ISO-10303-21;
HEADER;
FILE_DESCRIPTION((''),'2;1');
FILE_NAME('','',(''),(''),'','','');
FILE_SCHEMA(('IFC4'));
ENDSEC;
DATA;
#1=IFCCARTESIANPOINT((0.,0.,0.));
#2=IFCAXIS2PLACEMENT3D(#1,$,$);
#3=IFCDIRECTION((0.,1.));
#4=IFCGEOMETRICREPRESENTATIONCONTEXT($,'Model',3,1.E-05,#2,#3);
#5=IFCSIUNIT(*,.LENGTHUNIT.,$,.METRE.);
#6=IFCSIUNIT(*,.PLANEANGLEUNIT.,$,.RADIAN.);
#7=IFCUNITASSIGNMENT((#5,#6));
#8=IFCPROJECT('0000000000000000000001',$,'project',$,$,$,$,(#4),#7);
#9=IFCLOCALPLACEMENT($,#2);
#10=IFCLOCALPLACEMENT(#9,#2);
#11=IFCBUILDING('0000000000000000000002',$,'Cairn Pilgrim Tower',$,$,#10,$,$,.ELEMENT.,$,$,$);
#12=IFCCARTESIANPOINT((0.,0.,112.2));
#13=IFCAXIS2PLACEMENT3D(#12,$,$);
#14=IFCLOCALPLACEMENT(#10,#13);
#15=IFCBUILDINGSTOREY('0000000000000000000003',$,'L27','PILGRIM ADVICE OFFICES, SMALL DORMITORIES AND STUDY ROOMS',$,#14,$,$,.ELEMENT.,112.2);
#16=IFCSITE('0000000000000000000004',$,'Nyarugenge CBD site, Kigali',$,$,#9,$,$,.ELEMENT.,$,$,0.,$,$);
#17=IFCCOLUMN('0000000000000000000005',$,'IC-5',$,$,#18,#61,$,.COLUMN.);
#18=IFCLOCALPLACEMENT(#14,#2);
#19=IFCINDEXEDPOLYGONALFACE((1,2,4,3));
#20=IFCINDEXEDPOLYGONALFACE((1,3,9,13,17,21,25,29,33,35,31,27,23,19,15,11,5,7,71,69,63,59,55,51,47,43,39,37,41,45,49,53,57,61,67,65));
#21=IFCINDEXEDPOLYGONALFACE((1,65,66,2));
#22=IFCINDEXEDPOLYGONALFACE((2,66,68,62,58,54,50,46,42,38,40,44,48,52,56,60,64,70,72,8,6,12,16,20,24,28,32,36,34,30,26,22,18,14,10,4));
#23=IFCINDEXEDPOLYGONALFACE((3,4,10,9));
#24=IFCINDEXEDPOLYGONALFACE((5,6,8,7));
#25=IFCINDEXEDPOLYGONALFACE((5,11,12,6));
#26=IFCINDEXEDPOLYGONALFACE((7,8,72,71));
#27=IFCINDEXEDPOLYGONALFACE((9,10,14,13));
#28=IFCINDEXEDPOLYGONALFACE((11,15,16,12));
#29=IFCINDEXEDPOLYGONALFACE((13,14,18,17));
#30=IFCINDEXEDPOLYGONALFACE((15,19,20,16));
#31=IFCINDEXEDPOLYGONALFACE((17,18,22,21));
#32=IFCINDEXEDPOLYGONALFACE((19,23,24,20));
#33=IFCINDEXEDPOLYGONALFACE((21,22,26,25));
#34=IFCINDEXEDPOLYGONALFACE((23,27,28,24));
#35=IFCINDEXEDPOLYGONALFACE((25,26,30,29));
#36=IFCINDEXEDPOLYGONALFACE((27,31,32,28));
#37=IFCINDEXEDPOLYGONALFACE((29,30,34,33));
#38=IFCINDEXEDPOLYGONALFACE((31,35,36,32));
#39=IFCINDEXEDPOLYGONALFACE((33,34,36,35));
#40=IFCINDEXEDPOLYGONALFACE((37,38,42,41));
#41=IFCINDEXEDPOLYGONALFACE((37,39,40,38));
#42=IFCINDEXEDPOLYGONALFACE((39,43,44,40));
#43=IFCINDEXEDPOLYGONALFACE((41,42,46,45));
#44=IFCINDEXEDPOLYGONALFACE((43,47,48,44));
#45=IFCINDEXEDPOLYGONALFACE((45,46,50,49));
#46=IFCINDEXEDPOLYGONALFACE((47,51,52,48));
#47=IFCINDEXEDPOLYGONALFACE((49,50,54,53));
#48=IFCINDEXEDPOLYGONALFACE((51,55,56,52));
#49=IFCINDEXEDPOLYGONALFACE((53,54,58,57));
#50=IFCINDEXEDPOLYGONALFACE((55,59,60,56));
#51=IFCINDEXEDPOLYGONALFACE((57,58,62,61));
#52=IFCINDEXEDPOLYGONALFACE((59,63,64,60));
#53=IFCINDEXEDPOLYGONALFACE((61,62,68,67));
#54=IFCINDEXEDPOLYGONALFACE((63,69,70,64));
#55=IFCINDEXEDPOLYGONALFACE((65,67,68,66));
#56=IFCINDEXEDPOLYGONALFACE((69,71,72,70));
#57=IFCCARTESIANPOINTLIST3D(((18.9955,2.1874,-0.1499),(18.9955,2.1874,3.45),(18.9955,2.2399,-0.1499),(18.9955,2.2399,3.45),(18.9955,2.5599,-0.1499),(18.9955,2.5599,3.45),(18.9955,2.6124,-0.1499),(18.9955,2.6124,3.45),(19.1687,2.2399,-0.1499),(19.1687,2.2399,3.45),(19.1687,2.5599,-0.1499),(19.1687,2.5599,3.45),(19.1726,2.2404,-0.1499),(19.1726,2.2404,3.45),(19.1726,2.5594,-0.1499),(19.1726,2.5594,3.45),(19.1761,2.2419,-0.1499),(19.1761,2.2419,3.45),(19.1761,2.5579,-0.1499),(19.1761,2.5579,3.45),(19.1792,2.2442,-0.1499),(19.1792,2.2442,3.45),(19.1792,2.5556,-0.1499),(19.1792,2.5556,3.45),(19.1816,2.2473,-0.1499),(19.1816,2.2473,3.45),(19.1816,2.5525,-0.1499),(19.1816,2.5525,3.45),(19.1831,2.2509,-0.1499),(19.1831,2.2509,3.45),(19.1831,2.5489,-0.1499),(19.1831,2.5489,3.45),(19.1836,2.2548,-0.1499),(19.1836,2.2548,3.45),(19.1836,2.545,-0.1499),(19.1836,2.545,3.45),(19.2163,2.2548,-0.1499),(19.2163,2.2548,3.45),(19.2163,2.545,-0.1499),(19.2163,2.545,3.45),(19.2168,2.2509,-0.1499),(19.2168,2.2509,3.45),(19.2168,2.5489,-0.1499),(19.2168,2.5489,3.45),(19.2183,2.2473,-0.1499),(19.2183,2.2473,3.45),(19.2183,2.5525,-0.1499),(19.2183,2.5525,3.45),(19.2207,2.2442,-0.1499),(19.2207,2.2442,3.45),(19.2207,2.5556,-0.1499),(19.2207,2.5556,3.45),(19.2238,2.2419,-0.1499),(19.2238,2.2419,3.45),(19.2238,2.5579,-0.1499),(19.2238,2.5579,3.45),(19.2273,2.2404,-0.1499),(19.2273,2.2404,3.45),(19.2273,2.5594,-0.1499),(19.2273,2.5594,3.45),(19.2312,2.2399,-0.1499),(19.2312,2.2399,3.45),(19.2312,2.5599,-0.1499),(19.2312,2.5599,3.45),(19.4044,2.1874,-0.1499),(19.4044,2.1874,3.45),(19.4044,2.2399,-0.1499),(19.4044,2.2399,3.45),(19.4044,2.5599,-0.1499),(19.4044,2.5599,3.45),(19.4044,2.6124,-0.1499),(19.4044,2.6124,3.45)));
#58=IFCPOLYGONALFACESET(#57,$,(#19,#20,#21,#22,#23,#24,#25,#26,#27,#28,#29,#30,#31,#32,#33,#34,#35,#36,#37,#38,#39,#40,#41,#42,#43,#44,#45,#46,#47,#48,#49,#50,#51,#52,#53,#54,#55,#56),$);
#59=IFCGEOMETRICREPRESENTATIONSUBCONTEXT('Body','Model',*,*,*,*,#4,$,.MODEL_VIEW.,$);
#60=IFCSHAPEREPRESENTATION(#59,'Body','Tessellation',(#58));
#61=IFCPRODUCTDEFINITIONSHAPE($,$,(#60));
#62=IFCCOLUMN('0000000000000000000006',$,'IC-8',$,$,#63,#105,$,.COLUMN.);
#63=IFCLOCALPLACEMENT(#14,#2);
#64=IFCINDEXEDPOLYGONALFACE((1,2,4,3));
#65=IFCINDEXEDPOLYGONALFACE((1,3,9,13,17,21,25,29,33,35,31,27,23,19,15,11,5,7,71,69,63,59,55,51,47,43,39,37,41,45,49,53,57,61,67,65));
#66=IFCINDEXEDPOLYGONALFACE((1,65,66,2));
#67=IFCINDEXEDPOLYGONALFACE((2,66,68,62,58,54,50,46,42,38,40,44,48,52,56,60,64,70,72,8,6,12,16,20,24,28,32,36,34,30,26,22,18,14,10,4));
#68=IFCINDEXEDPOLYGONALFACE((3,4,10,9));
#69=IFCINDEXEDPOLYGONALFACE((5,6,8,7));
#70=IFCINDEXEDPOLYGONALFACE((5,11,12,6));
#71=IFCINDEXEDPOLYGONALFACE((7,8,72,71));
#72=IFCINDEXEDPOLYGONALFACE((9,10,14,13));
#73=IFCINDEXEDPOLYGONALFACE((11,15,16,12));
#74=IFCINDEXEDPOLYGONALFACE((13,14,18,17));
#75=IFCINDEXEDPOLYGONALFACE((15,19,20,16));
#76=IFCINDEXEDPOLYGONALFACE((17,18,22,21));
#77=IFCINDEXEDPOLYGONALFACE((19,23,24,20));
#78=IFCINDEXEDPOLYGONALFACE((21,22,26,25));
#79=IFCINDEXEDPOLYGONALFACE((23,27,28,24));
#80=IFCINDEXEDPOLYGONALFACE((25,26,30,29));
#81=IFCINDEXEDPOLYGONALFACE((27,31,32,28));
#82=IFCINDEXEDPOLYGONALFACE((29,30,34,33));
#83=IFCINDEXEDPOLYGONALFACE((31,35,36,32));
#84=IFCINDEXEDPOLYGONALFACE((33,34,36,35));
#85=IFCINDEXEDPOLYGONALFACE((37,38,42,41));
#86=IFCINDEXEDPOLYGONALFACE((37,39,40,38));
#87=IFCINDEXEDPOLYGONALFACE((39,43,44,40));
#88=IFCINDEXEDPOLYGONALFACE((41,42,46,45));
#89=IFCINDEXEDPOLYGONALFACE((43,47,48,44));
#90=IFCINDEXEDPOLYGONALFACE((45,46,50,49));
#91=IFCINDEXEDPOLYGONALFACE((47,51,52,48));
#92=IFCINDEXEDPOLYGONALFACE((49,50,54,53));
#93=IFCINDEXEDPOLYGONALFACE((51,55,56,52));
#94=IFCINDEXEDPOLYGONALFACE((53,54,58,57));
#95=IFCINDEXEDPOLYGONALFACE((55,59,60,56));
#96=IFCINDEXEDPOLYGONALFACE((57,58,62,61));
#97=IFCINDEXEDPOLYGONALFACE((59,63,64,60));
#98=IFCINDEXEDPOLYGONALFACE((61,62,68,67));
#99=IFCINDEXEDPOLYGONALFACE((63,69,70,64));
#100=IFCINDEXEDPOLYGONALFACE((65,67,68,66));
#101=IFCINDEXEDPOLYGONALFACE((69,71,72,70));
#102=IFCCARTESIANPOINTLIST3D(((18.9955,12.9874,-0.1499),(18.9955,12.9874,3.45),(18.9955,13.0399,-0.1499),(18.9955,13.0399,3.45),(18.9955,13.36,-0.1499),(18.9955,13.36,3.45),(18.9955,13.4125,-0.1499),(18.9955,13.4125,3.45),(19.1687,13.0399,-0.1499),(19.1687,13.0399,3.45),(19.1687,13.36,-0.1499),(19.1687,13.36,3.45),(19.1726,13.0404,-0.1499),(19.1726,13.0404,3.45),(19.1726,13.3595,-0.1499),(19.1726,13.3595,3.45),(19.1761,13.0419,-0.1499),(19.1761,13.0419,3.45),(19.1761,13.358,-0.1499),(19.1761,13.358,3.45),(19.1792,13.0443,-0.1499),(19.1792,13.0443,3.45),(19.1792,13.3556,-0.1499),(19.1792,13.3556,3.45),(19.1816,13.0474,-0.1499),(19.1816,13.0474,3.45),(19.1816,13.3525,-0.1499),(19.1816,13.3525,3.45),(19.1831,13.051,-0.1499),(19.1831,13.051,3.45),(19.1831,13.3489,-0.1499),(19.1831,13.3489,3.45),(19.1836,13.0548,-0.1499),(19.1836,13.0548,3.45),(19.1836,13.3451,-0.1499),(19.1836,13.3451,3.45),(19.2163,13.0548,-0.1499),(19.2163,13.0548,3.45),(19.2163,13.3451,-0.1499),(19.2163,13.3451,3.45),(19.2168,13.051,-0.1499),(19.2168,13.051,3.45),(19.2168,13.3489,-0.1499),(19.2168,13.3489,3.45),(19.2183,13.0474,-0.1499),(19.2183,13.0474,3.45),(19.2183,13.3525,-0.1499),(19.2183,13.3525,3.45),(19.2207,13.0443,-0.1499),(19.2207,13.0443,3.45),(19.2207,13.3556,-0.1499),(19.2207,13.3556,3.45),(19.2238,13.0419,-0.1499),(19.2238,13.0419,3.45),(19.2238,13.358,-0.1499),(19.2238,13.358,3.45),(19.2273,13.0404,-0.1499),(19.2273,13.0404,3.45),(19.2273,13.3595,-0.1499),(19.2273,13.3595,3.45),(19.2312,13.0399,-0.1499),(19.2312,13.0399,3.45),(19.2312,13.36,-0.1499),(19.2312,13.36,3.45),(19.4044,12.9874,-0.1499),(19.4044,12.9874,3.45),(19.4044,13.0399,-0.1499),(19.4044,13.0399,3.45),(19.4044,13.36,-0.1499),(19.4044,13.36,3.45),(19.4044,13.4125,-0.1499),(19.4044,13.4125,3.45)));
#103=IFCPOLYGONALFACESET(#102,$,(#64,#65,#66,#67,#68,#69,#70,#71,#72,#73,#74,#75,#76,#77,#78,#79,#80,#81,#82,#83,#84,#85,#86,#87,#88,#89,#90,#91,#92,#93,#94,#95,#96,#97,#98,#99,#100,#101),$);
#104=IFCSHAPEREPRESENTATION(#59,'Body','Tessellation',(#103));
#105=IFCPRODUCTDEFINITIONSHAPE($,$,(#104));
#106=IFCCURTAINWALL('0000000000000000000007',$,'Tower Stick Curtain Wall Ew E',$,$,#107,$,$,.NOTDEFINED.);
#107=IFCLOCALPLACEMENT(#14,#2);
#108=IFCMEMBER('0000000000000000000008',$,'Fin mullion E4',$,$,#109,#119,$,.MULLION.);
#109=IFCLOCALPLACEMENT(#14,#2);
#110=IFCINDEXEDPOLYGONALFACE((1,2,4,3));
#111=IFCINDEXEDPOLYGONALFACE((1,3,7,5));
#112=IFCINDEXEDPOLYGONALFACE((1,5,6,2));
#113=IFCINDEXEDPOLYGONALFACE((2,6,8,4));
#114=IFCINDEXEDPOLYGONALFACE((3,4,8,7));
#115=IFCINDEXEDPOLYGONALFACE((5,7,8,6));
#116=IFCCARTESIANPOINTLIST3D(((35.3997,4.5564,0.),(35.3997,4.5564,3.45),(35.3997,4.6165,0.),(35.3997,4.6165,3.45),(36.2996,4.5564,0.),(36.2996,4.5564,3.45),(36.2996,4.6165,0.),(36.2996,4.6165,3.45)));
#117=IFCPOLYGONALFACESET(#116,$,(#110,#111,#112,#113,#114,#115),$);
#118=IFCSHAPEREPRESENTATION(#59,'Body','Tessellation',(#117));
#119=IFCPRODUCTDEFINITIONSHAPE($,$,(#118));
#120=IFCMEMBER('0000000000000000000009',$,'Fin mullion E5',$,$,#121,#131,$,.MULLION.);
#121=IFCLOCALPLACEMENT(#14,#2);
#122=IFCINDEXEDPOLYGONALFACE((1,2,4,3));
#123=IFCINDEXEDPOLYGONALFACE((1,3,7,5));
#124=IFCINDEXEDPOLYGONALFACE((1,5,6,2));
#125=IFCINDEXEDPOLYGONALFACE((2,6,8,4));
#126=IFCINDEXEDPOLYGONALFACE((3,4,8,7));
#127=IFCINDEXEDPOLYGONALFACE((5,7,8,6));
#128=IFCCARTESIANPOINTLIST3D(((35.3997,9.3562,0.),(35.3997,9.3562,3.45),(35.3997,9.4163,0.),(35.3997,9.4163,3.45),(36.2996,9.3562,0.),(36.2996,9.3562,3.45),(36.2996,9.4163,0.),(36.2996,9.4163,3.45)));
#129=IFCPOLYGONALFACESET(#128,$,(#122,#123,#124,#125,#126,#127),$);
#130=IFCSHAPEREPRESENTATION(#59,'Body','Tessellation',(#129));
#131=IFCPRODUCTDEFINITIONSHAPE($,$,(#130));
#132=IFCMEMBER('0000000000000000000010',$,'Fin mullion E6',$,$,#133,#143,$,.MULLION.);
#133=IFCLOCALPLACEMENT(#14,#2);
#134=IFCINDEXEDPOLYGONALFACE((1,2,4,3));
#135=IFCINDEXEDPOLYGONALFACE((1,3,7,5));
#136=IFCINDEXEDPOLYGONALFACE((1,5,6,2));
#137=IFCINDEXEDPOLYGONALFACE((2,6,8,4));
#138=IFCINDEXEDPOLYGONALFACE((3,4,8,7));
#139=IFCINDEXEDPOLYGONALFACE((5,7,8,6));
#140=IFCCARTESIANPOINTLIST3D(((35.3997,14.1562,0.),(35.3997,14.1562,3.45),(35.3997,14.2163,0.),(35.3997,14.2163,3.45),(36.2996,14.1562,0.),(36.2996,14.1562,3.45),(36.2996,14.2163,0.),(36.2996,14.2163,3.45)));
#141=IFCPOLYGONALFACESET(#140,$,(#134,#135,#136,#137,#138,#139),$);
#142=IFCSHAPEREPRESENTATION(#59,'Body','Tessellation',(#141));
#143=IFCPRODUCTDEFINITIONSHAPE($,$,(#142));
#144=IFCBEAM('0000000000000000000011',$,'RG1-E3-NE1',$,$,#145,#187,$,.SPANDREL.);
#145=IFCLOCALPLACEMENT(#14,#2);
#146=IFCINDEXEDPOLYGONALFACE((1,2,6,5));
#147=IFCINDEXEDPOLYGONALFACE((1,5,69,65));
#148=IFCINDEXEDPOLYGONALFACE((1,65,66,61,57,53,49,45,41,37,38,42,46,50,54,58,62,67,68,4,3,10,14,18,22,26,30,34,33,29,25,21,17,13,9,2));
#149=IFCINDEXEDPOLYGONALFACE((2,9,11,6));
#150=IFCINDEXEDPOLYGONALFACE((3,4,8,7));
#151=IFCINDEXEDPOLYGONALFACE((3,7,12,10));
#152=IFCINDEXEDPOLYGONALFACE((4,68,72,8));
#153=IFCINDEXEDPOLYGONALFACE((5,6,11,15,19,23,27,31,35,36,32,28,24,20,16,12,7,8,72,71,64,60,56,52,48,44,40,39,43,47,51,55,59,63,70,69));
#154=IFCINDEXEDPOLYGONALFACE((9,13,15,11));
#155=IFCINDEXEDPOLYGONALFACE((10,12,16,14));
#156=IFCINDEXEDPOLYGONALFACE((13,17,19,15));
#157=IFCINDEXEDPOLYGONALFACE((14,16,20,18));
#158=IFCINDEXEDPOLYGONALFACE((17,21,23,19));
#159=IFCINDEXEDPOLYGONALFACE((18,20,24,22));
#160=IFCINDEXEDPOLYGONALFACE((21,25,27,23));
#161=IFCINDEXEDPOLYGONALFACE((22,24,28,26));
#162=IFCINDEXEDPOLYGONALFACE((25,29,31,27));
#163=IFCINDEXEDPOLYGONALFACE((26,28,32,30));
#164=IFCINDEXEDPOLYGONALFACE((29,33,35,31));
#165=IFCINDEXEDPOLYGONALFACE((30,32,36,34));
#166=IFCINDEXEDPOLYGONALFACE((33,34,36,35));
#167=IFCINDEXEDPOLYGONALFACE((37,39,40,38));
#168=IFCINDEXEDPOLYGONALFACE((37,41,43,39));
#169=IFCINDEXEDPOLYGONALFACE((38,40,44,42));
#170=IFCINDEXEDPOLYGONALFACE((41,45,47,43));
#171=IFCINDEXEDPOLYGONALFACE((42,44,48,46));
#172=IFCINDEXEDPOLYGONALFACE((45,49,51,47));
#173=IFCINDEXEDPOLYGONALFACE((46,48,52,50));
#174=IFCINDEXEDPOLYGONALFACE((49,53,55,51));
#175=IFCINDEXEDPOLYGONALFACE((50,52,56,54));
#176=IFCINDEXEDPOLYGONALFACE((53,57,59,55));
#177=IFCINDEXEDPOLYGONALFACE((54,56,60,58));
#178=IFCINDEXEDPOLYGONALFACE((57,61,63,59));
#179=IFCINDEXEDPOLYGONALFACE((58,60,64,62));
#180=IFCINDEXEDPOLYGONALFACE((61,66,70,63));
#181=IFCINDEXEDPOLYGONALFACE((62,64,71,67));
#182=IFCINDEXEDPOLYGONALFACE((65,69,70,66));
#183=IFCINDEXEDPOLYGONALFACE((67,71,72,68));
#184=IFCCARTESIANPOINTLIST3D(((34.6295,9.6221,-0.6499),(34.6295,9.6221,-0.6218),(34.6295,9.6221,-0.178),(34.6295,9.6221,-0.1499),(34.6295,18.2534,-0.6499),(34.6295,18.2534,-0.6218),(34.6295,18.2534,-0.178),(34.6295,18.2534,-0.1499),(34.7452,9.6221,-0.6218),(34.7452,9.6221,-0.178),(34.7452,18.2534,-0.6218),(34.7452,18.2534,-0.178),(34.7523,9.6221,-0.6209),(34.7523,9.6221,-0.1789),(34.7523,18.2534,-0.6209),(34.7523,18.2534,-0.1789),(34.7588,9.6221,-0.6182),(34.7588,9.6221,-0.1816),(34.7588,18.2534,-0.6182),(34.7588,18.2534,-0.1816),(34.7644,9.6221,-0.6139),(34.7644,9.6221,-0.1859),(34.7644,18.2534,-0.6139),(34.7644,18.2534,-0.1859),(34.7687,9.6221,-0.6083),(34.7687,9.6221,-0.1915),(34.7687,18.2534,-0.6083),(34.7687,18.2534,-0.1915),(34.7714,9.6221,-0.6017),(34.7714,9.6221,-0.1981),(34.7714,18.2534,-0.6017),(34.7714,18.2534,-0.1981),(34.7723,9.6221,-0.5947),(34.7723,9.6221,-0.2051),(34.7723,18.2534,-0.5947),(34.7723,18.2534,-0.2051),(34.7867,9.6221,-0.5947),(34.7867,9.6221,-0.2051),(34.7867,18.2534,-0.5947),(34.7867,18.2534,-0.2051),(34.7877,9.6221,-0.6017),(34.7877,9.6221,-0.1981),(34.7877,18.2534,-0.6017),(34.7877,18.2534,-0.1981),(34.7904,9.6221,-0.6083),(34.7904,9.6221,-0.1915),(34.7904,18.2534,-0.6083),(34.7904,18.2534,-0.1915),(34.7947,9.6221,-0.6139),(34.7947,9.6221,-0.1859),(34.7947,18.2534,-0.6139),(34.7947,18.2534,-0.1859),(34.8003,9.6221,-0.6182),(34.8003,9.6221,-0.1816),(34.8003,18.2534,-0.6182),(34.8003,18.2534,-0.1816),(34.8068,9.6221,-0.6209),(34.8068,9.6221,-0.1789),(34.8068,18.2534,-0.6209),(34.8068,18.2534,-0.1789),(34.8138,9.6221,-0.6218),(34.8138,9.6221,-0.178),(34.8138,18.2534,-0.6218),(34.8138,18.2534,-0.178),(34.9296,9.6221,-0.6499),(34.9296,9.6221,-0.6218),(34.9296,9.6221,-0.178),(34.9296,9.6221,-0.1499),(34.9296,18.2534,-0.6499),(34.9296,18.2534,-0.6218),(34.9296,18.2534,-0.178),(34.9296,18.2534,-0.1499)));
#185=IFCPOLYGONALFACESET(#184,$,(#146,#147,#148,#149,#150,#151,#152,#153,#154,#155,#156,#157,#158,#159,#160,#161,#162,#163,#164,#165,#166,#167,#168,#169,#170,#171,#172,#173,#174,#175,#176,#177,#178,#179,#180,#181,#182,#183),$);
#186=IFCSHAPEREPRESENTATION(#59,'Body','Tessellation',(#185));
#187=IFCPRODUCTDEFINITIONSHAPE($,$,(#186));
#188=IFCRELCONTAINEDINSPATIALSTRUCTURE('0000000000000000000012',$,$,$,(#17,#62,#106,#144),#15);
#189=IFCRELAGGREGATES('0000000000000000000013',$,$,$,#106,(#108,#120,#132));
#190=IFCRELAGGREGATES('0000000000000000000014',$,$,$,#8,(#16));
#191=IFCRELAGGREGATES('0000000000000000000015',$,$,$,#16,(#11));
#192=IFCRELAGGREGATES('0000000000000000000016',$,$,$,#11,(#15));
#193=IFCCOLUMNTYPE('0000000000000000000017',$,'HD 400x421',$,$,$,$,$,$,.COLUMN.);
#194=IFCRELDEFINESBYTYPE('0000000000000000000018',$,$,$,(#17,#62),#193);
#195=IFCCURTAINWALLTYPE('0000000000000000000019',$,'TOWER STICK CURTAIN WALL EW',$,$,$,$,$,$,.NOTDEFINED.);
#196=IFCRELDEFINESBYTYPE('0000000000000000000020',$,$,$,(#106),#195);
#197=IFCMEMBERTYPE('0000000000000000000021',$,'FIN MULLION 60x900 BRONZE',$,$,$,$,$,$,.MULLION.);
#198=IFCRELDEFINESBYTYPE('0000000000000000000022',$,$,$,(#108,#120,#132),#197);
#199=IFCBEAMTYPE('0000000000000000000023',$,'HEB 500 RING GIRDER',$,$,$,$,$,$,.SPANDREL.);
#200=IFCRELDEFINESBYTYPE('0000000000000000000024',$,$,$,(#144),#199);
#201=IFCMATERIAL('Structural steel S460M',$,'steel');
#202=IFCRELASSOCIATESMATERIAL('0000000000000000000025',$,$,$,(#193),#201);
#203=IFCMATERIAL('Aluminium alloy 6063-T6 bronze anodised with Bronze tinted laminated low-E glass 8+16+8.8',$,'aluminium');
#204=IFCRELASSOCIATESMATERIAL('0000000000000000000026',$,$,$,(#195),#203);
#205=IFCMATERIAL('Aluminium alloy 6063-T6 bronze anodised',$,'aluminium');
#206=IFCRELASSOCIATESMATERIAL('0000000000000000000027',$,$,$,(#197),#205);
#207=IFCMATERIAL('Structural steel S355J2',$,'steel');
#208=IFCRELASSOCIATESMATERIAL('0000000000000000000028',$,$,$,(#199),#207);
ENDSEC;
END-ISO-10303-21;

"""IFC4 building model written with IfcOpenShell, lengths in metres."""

from ifc_helpers import new_model, si_unit, direction, frame, origin, origin_2d, place, context, subcontext, project, spatial, rectangle, i_section, extrude, material, material_profile, profile_set, type_object, element, aggregate, save


model = new_model("IFC4")

# Units and contexts
model_context = context("Model", 3, precision=1e-05, world=origin(), true_north=direction((0.0, 1.0)))
body_context = subcontext(model_context, "Body", "Model", "MODEL_VIEW")
ifc_project = project(units=[si_unit("LENGTHUNIT", "METRE"), si_unit("PLANEANGLEUNIT", "RADIAN")], contexts=[model_context])

# Site, building, storey
site_placement = place(None, origin())
site = spatial("IfcSite", under=ifc_project, at=site_placement, Name="Nyarugenge CBD site, Kigali", CompositionType="ELEMENT", RefElevation=0.0)
building_placement = place(site_placement, origin())
building = spatial("IfcBuilding", under=site, at=building_placement, Name="Cairn Pilgrim Tower", CompositionType="ELEMENT")
storey_placement = place(building_placement, frame((0.0, 0.0, 112.2)))
storey = spatial("IfcBuildingStorey", under=building, at=storey_placement, Name="L27", Description="PILGRIM ADVICE OFFICES, SMALL DORMITORIES AND STUDY ROOMS", CompositionType="ELEMENT", Elevation=112.2)

# Columns
ifc_material_1 = material(Name="Structural steel S460M", Category="steel")
ifc_material_profile_1 = material_profile(ifc_material_1, i_section(OverallWidth=0.4089, OverallDepth=0.425, WebThickness=0.0327, FlangeThickness=0.0525, FilletRadius=0.0149, at=origin_2d()), Name="HD 400x421")
ifc_profile_set_1 = profile_set([ifc_material_profile_1], Name="Structural steel S460M")
column_type_1 = type_object("IfcColumnType", Name="HD 400x421", PredefinedType="COLUMN", material=ifc_profile_set_1)
for number, where, z_axis, x_axis, name in (
    (1, (19.2, 2.3999, -0.1499), (0.0, 0.0, 1.0), (1.0, 0.0, 0.0), "IC-5"),
    (2, (19.2, 13.2, -0.1499), (0.0, 0.0, 1.0), (1.0, 0.0, 0.0), "IC-8"),
):
    element("IfcColumn", number, at=place(storey_placement, frame(where, z_axis=z_axis, x_axis=x_axis)), inside=storey, type_object=column_type_1, Name=name, PredefinedType="COLUMN", context=body_context, shape_type="SweptSolid", body=[
        extrude(i_section(OverallWidth=0.4089, OverallDepth=0.425, WebThickness=0.0327, FlangeThickness=0.0525, FilletRadius=0.0149, at=origin_2d()), origin(), (0.0, 0.0, 1.0), 3.5999),
    ])

# Curtain wall, members
ifc_material_2 = material(Name="Aluminium alloy 6063-T6 bronze anodised with Bronze tinted laminated low-E glass 8+16+8.8", Category="aluminium")
curtain_wall_type = type_object("IfcCurtainWallType", Name="TOWER STICK CURTAIN WALL EW", PredefinedType="NOTDEFINED", material=ifc_material_2)
curtain_wall_placement = place(storey_placement, origin())
curtain_wall = element("IfcCurtainWall", 3, at=curtain_wall_placement, inside=storey, type_object=curtain_wall_type, Name="Tower Stick Curtain Wall Ew E", PredefinedType="NOTDEFINED")
ifc_material_3 = material(Name="Aluminium alloy 6063-T6 bronze anodised", Category="aluminium")
ifc_material_profile_2 = material_profile(ifc_material_3, rectangle(XDim=0.8999, YDim=0.0601, at=origin_2d()), Name="FIN MULLION 60x900 BRONZE")
ifc_profile_set_2 = profile_set([ifc_material_profile_2], Name="Aluminium alloy 6063-T6 bronze anodised")
member_type_1 = type_object("IfcMemberType", Name="FIN MULLION 60x900 BRONZE", PredefinedType="MULLION", material=ifc_profile_set_2)
member_1_placement = place(storey_placement, frame((35.8496, 4.5864, 0.0), z_axis=(0.0, 0.0, 1.0), x_axis=(1.0, 0.0, 0.0)))
member_1 = element("IfcMember", 4, at=member_1_placement, type_object=member_type_1, Name="Fin mullion E4", PredefinedType="MULLION", context=body_context, shape_type="SweptSolid", body=[
    extrude(rectangle(XDim=0.8999, YDim=0.0601, at=origin_2d()), origin(), (0.0, 0.0, 1.0), 3.45),
])
member_2_placement = place(storey_placement, frame((35.8496, 9.3862, 0.0), z_axis=(0.0, 0.0, 1.0), x_axis=(1.0, 0.0, 0.0)))
member_2 = element("IfcMember", 5, at=member_2_placement, type_object=member_type_1, Name="Fin mullion E5", PredefinedType="MULLION", context=body_context, shape_type="SweptSolid", body=[
    extrude(rectangle(XDim=0.8999, YDim=0.0601, at=origin_2d()), origin(), (0.0, 0.0, 1.0), 3.45),
])
member_3_placement = place(storey_placement, frame((35.8496, 14.1863, 0.0), z_axis=(0.0, 0.0, 1.0), x_axis=(1.0, 0.0, 0.0)))
member_3 = element("IfcMember", 6, at=member_3_placement, type_object=member_type_1, Name="Fin mullion E6", PredefinedType="MULLION", context=body_context, shape_type="SweptSolid", body=[
    extrude(rectangle(XDim=0.8999, YDim=0.0601, at=origin_2d()), origin(), (0.0, 0.0, 1.0), 3.45),
])

# Beam
ifc_material_4 = material(Name="Structural steel S355J2", Category="steel")
ifc_material_profile_3 = material_profile(ifc_material_4, i_section(OverallWidth=0.3, OverallDepth=0.5, WebThickness=0.0144, FlangeThickness=0.0281, FilletRadius=0.0271, at=origin_2d()), Name="HEB 500")
ifc_profile_set_3 = profile_set([ifc_material_profile_3], Name="Structural steel S355J2")
beam_type_1 = type_object("IfcBeamType", Name="HEB 500 RING GIRDER", PredefinedType="SPANDREL", material=ifc_profile_set_3)
beam_1_placement = place(storey_placement, frame((34.7795, 9.6221, -0.3999), z_axis=(0.0, 1.0, 0.0), x_axis=(-1.0, 0.0, 0.0)))
element("IfcBeam", 7, at=beam_1_placement, inside=storey, type_object=beam_type_1, Name="RG1-E3-NE1", PredefinedType="SPANDREL", context=body_context, shape_type="SweptSolid", body=[
    extrude(i_section(OverallWidth=0.3, OverallDepth=0.5, WebThickness=0.0144, FlangeThickness=0.0281, FilletRadius=0.0271, at=origin_2d()), origin(), (0.0, 0.0, 1.0), 8.6313),
])

aggregate(curtain_wall, [member_1, member_2, member_3])

save(model, "model.ifc")
